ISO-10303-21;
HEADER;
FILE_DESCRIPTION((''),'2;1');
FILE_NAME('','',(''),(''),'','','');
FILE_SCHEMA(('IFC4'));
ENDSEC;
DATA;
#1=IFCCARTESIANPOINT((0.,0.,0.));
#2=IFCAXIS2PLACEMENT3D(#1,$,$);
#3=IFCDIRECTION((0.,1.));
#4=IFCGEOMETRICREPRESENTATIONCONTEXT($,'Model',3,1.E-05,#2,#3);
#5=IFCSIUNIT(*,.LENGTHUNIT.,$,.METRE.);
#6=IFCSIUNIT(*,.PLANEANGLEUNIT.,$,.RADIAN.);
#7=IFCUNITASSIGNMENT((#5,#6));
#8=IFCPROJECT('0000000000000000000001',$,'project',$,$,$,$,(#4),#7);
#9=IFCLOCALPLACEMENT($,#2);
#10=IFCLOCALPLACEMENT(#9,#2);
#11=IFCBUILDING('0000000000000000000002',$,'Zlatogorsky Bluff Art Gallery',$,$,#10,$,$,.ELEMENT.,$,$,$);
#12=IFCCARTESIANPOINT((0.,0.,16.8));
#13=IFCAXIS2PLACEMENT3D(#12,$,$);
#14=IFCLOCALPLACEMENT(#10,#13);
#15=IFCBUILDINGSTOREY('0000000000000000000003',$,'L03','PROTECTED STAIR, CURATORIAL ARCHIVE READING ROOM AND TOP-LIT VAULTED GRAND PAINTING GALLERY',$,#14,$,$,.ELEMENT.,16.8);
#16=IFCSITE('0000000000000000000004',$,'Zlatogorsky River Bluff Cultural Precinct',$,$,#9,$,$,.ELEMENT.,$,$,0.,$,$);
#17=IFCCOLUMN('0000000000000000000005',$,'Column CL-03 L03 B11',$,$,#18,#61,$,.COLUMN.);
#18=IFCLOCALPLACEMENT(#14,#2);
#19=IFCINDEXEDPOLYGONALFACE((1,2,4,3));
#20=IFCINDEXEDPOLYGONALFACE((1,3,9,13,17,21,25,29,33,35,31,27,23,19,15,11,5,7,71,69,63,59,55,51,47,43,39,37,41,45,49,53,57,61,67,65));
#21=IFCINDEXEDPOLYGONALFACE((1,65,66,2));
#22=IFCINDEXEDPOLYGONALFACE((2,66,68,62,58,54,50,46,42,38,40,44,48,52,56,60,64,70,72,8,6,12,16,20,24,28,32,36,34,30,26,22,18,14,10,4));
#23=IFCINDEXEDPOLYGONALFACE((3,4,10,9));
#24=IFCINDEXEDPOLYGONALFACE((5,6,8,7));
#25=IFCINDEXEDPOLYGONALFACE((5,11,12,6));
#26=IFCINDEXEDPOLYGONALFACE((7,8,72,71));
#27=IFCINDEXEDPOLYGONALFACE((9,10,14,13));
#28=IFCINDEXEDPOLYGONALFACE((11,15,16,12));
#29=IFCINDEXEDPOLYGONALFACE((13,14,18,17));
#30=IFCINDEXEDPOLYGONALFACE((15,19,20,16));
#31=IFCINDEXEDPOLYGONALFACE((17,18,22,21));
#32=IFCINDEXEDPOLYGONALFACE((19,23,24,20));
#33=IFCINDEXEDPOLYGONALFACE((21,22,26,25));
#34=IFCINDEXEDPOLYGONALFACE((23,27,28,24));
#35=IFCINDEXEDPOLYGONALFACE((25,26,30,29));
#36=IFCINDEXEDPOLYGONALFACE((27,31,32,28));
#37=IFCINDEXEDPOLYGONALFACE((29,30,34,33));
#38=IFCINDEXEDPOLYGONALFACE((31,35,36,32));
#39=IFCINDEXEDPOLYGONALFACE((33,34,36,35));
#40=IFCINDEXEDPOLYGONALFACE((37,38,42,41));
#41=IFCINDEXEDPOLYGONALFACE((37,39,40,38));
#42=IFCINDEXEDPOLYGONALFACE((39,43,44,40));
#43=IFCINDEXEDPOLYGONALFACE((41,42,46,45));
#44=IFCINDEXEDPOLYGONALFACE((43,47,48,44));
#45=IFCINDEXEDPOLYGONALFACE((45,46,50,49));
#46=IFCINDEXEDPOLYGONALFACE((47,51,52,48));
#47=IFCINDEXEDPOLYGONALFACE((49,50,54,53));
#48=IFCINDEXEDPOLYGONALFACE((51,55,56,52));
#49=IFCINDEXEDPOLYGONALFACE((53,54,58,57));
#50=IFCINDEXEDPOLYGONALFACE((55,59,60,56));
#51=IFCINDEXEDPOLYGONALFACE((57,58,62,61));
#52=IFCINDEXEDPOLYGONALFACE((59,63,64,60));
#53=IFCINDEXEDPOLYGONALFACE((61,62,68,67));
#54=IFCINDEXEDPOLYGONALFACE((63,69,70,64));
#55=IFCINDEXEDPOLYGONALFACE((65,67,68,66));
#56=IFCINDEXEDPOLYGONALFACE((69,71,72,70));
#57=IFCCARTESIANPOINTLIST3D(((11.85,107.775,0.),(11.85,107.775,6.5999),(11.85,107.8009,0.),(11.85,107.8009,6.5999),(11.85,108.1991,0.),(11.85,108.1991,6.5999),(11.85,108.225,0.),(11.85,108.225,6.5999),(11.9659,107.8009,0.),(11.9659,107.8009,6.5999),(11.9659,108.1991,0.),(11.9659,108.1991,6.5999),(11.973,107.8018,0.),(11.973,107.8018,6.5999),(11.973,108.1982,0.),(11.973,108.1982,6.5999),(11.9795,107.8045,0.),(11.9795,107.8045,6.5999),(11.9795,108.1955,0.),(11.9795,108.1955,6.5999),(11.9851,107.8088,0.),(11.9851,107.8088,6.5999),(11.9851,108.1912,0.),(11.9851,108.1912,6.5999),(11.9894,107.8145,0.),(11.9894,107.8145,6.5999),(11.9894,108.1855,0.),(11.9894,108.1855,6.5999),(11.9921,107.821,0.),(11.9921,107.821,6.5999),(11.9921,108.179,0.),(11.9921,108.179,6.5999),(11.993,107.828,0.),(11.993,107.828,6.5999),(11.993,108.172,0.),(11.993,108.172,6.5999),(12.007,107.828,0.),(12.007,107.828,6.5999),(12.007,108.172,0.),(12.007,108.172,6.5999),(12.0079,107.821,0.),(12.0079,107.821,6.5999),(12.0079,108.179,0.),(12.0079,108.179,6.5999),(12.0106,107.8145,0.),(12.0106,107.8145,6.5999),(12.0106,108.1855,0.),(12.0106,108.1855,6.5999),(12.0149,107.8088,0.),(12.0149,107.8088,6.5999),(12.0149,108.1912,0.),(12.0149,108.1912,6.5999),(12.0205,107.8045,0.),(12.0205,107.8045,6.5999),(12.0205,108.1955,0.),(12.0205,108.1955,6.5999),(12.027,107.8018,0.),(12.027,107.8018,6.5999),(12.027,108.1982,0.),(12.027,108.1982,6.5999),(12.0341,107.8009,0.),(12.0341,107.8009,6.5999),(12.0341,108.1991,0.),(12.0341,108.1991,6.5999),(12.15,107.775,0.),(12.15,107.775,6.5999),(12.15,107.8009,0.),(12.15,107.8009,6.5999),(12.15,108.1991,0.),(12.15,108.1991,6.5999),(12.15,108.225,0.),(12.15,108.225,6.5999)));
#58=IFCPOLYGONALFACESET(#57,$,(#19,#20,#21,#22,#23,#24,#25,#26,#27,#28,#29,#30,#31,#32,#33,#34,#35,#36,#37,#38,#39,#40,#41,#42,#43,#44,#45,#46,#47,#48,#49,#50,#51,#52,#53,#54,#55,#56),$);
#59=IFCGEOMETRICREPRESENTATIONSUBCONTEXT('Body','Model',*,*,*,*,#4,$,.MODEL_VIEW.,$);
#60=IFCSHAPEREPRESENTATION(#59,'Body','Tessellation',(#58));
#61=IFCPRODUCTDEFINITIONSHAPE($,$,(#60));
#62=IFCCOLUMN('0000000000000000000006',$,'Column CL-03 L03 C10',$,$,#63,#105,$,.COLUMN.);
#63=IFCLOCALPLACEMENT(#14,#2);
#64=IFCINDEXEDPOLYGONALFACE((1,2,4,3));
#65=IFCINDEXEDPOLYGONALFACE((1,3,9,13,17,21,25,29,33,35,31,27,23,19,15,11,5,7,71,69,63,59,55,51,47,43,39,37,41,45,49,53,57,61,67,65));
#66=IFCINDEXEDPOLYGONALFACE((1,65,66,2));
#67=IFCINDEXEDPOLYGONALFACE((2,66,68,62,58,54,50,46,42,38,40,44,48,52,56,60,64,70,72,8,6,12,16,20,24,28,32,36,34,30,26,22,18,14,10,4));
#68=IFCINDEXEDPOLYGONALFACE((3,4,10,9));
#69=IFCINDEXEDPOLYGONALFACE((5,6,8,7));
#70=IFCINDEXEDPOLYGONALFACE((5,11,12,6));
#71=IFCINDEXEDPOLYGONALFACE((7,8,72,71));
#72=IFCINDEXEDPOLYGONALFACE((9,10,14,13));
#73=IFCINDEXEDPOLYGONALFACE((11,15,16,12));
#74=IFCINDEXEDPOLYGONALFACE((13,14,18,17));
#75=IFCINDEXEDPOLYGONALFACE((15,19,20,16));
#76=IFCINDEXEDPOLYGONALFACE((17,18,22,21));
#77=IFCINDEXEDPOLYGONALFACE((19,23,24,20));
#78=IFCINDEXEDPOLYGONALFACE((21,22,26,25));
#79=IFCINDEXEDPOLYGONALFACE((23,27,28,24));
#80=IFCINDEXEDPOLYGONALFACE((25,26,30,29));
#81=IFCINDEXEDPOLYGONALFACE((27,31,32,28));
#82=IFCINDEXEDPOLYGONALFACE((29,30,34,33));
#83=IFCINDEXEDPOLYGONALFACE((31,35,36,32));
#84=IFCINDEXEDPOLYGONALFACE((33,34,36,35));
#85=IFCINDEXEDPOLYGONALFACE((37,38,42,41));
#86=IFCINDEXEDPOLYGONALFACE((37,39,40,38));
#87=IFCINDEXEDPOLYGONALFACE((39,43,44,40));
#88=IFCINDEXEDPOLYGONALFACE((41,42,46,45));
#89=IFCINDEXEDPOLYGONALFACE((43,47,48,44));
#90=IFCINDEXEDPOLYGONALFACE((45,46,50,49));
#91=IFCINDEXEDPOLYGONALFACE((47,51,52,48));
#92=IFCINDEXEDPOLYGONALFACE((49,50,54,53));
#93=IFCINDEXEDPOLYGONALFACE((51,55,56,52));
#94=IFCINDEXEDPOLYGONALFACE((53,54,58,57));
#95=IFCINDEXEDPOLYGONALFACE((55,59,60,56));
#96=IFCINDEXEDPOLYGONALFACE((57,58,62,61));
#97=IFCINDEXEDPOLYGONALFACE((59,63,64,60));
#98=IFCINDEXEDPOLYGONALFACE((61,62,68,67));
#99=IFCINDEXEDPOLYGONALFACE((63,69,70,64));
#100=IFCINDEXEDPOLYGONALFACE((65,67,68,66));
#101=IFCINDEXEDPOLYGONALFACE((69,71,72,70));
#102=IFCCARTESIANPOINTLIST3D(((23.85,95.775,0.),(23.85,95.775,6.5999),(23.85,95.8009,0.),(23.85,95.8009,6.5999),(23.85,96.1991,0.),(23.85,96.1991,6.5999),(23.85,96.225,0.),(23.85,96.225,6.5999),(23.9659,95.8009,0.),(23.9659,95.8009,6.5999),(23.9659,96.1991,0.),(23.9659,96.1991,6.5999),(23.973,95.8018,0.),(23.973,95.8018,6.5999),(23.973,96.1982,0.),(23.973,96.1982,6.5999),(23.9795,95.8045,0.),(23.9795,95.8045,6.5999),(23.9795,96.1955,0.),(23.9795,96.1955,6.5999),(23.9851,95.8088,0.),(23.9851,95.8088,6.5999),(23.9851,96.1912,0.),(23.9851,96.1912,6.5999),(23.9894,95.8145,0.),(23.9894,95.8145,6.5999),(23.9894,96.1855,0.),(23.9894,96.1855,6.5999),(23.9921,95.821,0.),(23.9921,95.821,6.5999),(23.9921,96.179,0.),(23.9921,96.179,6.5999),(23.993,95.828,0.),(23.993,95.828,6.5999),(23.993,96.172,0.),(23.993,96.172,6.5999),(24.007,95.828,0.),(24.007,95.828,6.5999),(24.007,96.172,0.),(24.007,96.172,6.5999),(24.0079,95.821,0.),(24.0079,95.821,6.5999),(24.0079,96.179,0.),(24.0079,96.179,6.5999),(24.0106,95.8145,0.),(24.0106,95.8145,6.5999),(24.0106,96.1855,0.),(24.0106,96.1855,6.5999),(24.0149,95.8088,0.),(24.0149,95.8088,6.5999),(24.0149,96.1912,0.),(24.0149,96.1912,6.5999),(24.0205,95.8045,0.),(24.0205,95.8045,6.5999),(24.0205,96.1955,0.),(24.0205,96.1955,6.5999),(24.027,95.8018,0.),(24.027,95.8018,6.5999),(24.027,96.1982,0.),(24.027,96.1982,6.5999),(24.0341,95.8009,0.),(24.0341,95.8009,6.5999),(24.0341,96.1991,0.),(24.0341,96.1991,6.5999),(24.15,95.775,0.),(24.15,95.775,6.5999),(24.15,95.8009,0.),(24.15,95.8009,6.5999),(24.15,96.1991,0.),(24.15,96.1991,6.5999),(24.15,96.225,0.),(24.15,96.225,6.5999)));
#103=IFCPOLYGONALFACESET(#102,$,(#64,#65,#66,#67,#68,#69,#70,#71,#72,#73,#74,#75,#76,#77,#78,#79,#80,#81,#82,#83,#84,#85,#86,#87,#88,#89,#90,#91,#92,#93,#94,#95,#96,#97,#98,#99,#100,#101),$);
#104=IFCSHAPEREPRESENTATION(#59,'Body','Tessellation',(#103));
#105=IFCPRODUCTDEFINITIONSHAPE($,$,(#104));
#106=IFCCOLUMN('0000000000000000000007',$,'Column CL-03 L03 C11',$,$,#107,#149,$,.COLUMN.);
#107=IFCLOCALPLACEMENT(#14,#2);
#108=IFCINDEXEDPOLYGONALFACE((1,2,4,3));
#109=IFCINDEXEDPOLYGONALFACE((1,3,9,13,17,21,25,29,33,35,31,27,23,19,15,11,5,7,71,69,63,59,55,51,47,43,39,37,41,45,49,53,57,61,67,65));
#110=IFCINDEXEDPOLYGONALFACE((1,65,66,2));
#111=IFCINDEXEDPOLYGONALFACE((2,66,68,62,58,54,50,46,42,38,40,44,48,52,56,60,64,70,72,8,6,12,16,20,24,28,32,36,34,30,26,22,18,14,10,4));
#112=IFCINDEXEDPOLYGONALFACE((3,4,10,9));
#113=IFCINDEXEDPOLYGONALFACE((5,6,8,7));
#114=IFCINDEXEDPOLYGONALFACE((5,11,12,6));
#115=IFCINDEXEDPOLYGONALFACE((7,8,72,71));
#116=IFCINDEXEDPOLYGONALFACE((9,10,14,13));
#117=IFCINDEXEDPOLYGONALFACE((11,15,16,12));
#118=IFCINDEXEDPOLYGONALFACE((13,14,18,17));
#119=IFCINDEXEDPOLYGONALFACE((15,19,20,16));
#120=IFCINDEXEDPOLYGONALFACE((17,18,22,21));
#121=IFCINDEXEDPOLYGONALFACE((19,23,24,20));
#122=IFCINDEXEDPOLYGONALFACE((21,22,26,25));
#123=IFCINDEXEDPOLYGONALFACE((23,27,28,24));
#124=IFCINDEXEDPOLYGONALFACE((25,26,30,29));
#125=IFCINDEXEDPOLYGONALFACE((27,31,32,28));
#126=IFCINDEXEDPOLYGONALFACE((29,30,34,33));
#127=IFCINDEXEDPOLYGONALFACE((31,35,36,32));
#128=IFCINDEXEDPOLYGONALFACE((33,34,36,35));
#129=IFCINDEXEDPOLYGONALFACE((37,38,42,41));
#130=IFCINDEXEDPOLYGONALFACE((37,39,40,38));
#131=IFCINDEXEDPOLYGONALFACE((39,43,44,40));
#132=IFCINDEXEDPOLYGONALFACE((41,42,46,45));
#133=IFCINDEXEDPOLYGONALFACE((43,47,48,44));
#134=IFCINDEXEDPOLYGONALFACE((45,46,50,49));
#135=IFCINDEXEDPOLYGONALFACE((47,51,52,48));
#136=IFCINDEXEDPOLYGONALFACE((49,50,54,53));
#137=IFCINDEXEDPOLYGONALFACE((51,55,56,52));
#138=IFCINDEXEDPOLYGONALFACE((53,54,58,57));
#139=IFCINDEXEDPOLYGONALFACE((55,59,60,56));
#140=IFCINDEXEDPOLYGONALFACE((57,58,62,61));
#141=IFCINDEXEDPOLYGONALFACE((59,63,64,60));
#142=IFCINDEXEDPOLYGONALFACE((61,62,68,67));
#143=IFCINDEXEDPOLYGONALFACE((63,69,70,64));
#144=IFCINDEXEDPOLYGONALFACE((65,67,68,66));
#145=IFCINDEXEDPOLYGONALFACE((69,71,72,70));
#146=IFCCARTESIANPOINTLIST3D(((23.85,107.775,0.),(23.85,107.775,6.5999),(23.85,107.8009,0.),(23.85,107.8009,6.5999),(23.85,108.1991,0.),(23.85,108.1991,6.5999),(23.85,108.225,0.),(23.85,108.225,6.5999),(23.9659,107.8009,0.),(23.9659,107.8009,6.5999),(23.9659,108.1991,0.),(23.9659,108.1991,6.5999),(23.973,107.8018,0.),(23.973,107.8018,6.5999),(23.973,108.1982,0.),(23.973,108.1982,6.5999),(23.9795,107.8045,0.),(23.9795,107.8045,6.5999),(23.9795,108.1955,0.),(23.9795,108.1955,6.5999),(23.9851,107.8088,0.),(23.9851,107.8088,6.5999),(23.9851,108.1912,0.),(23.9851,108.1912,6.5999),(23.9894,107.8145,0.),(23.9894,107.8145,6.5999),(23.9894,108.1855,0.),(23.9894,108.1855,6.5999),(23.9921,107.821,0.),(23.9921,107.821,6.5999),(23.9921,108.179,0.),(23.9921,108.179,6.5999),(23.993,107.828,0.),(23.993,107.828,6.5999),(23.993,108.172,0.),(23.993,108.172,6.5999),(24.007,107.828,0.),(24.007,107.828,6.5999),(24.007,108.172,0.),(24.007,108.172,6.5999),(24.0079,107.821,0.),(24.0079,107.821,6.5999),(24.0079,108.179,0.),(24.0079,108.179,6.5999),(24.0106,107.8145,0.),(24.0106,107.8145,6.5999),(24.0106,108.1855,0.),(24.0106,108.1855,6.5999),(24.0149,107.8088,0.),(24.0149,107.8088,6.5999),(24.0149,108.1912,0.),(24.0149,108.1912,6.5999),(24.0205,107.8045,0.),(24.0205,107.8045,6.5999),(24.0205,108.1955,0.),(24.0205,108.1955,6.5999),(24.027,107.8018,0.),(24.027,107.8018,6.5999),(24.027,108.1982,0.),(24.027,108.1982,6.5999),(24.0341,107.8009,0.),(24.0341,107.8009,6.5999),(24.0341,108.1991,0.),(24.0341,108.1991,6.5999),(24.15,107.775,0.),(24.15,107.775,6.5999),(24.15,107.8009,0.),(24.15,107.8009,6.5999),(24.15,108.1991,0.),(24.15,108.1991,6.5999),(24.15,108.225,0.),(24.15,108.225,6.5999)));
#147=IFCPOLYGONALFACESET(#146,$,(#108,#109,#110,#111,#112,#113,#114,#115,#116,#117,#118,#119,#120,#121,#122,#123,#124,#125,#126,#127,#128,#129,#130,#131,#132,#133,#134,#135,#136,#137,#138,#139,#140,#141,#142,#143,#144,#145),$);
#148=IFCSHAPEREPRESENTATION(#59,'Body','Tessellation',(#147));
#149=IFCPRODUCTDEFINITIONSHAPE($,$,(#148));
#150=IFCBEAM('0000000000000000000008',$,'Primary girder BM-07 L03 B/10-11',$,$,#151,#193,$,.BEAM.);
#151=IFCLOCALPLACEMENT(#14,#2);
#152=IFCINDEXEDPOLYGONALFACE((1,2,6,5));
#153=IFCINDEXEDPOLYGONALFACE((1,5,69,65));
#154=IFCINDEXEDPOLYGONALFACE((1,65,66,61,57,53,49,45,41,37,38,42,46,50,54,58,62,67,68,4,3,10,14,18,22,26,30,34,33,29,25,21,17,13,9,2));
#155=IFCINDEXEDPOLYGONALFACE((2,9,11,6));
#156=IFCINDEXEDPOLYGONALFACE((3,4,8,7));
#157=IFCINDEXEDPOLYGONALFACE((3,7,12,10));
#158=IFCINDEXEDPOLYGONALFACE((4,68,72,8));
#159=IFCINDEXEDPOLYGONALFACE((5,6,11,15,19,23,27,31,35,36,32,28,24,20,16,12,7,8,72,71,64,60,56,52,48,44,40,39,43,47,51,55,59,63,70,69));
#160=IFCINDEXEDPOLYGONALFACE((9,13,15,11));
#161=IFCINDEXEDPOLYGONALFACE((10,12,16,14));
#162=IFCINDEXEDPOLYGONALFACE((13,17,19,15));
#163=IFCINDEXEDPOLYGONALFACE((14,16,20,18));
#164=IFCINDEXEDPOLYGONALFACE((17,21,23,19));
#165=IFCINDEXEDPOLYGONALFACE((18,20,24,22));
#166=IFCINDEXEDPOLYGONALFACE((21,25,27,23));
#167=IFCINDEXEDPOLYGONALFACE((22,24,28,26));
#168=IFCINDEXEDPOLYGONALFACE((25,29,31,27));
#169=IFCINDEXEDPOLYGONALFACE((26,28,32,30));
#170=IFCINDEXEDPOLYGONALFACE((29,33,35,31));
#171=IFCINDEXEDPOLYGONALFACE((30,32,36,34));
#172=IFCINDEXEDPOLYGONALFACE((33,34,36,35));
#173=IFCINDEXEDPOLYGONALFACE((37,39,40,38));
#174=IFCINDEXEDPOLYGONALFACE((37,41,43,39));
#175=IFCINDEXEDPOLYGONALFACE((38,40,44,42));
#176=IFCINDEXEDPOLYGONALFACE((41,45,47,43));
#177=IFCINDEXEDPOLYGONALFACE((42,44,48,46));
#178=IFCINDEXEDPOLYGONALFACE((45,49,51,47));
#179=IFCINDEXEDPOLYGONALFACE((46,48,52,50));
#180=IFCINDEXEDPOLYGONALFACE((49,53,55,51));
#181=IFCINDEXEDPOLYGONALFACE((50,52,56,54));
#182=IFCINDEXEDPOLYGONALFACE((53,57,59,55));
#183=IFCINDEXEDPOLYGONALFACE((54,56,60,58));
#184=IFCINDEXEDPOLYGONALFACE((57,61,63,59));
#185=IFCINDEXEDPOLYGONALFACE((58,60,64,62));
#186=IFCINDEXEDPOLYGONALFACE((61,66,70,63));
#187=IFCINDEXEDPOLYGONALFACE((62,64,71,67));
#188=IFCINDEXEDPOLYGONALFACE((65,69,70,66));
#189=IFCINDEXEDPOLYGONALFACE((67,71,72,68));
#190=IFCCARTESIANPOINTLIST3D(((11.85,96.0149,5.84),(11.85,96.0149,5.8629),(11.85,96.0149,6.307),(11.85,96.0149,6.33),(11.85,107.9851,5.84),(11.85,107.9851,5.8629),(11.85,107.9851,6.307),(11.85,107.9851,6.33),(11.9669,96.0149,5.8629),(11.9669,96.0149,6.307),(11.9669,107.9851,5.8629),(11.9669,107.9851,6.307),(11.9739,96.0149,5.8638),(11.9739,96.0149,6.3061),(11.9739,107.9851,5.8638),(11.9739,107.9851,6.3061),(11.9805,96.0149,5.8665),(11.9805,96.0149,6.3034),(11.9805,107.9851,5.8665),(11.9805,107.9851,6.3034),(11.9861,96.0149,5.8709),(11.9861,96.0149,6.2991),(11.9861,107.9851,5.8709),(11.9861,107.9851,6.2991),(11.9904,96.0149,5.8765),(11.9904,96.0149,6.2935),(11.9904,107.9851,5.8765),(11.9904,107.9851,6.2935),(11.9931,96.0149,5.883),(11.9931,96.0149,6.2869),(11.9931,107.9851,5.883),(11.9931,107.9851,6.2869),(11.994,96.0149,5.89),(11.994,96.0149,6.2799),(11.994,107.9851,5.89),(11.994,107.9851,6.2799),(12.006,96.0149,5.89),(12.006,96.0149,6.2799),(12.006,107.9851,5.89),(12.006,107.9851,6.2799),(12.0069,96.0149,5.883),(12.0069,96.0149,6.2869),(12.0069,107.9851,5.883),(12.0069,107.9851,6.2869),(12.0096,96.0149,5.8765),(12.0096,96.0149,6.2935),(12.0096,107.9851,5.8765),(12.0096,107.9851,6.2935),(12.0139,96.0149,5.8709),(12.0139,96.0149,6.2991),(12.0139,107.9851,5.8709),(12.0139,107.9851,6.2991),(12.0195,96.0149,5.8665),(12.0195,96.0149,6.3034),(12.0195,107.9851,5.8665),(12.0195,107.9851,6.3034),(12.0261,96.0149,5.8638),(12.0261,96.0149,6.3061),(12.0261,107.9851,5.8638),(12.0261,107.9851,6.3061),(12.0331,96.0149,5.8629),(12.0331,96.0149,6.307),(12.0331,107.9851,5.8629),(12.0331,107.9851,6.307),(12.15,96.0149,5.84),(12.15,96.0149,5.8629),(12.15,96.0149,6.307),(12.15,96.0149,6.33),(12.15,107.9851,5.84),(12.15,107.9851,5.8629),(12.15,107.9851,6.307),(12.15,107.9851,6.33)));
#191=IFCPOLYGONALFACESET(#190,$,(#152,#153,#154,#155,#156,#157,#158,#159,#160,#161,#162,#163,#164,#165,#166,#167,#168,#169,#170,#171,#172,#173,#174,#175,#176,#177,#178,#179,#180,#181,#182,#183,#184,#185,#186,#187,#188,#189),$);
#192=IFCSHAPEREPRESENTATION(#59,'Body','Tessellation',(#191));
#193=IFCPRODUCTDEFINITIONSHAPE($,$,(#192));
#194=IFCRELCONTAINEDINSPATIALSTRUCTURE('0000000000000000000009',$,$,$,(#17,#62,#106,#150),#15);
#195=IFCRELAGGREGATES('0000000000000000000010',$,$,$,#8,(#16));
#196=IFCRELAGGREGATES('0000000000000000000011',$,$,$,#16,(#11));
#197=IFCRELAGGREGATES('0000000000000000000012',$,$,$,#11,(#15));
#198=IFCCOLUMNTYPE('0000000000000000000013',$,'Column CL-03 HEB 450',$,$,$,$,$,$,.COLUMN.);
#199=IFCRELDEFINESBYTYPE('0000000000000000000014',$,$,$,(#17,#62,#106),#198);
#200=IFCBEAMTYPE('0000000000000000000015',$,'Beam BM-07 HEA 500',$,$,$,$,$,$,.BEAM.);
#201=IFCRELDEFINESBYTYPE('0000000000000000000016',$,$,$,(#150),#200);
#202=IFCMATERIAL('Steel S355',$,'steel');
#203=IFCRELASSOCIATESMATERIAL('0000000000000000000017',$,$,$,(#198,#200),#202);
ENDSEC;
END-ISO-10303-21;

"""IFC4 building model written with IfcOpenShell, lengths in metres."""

from ifc_helpers import new_model, si_unit, direction, frame, origin, origin_2d, place, context, subcontext, project, spatial, i_section, extrude, material, material_profile, profile_set, type_object, element, save


model = new_model("IFC4")

# Units and contexts
model_context = context("Model", 3, precision=1e-05, world=origin(), true_north=direction((0.0, 1.0)))
body_context = subcontext(model_context, "Body", "Model", "MODEL_VIEW")
ifc_project = project(units=[si_unit("LENGTHUNIT", "METRE"), si_unit("PLANEANGLEUNIT", "RADIAN")], contexts=[model_context])

# Site, building, storey
site_placement = place(None, origin())
site = spatial("IfcSite", under=ifc_project, at=site_placement, Name="Zlatogorsky River Bluff Cultural Precinct", CompositionType="ELEMENT", RefElevation=0.0)
building_placement = place(site_placement, origin())
building = spatial("IfcBuilding", under=site, at=building_placement, Name="Zlatogorsky Bluff Art Gallery", CompositionType="ELEMENT")
storey_placement = place(building_placement, frame((0.0, 0.0, 16.8)))
storey = spatial("IfcBuildingStorey", under=building, at=storey_placement, Name="L03", Description="PROTECTED STAIR, CURATORIAL ARCHIVE READING ROOM AND TOP-LIT VAULTED GRAND PAINTING GALLERY", CompositionType="ELEMENT", Elevation=16.8)

# Columns
ifc_material_1 = material(Name="Steel S355", Category="steel")
ifc_material_profile_1 = material_profile(ifc_material_1, i_section(OverallWidth=0.3, OverallDepth=0.45, WebThickness=0.0139, FlangeThickness=0.0259, FilletRadius=0.0271, at=origin_2d()), Name="HEB 450")
ifc_profile_set_1 = profile_set([ifc_material_profile_1], Name="Steel S355")
column_type = type_object("IfcColumnType", Name="Column CL-03 HEB 450", PredefinedType="COLUMN", material=ifc_profile_set_1)
for number, where, z_axis, x_axis, name in (
    (1, (12.0, 108.0, 0.0), (0.0, 0.0, 1.0), (1.0, 0.0, 0.0), "Column CL-03 L03 B11"),
    (2, (24.0, 96.0, 0.0), (0.0, 0.0, 1.0), (1.0, 0.0, 0.0), "Column CL-03 L03 C10"),
    (3, (24.0, 108.0, 0.0), (0.0, 0.0, 1.0), (1.0, 0.0, 0.0), "Column CL-03 L03 C11"),
):
    element("IfcColumn", number, at=place(storey_placement, frame(where, z_axis=z_axis, x_axis=x_axis)), inside=storey, type_object=column_type, Name=name, PredefinedType="COLUMN", context=body_context, shape_type="SweptSolid", body=[
        extrude(i_section(OverallWidth=0.3, OverallDepth=0.45, WebThickness=0.0139, FlangeThickness=0.0259, FilletRadius=0.0271, at=origin_2d()), origin(), (0.0, 0.0, 1.0), 6.5999),
    ])

# Beam
ifc_material_profile_2 = material_profile(ifc_material_1, i_section(OverallWidth=0.3, OverallDepth=0.49, WebThickness=0.012, FlangeThickness=0.0229, FilletRadius=0.0271, at=origin_2d()), Name="HEA 500")
ifc_profile_set_2 = profile_set([ifc_material_profile_2], Name="Steel S355")
beam_type_1 = type_object("IfcBeamType", Name="Beam BM-07 HEA 500", PredefinedType="BEAM", material=ifc_profile_set_2)
for number, where, z_axis, x_axis, name in (
    (4, (12.0, 96.0149, 6.085), (0.0, 1.0, 0.0), (-1.0, 0.0, 0.0), "Primary girder BM-07 L03 B/10-11"),
):
    element("IfcBeam", number, at=place(storey_placement, frame(where, z_axis=z_axis, x_axis=x_axis)), inside=storey, type_object=beam_type_1, Name=name, PredefinedType="BEAM", context=body_context, shape_type="SweptSolid", body=[
        extrude(i_section(OverallWidth=0.3, OverallDepth=0.49, WebThickness=0.012, FlangeThickness=0.0229, FilletRadius=0.0271, at=origin_2d()), origin(), (0.0, 0.0, 1.0), 11.9702),
    ])

save(model, "model.ifc")
